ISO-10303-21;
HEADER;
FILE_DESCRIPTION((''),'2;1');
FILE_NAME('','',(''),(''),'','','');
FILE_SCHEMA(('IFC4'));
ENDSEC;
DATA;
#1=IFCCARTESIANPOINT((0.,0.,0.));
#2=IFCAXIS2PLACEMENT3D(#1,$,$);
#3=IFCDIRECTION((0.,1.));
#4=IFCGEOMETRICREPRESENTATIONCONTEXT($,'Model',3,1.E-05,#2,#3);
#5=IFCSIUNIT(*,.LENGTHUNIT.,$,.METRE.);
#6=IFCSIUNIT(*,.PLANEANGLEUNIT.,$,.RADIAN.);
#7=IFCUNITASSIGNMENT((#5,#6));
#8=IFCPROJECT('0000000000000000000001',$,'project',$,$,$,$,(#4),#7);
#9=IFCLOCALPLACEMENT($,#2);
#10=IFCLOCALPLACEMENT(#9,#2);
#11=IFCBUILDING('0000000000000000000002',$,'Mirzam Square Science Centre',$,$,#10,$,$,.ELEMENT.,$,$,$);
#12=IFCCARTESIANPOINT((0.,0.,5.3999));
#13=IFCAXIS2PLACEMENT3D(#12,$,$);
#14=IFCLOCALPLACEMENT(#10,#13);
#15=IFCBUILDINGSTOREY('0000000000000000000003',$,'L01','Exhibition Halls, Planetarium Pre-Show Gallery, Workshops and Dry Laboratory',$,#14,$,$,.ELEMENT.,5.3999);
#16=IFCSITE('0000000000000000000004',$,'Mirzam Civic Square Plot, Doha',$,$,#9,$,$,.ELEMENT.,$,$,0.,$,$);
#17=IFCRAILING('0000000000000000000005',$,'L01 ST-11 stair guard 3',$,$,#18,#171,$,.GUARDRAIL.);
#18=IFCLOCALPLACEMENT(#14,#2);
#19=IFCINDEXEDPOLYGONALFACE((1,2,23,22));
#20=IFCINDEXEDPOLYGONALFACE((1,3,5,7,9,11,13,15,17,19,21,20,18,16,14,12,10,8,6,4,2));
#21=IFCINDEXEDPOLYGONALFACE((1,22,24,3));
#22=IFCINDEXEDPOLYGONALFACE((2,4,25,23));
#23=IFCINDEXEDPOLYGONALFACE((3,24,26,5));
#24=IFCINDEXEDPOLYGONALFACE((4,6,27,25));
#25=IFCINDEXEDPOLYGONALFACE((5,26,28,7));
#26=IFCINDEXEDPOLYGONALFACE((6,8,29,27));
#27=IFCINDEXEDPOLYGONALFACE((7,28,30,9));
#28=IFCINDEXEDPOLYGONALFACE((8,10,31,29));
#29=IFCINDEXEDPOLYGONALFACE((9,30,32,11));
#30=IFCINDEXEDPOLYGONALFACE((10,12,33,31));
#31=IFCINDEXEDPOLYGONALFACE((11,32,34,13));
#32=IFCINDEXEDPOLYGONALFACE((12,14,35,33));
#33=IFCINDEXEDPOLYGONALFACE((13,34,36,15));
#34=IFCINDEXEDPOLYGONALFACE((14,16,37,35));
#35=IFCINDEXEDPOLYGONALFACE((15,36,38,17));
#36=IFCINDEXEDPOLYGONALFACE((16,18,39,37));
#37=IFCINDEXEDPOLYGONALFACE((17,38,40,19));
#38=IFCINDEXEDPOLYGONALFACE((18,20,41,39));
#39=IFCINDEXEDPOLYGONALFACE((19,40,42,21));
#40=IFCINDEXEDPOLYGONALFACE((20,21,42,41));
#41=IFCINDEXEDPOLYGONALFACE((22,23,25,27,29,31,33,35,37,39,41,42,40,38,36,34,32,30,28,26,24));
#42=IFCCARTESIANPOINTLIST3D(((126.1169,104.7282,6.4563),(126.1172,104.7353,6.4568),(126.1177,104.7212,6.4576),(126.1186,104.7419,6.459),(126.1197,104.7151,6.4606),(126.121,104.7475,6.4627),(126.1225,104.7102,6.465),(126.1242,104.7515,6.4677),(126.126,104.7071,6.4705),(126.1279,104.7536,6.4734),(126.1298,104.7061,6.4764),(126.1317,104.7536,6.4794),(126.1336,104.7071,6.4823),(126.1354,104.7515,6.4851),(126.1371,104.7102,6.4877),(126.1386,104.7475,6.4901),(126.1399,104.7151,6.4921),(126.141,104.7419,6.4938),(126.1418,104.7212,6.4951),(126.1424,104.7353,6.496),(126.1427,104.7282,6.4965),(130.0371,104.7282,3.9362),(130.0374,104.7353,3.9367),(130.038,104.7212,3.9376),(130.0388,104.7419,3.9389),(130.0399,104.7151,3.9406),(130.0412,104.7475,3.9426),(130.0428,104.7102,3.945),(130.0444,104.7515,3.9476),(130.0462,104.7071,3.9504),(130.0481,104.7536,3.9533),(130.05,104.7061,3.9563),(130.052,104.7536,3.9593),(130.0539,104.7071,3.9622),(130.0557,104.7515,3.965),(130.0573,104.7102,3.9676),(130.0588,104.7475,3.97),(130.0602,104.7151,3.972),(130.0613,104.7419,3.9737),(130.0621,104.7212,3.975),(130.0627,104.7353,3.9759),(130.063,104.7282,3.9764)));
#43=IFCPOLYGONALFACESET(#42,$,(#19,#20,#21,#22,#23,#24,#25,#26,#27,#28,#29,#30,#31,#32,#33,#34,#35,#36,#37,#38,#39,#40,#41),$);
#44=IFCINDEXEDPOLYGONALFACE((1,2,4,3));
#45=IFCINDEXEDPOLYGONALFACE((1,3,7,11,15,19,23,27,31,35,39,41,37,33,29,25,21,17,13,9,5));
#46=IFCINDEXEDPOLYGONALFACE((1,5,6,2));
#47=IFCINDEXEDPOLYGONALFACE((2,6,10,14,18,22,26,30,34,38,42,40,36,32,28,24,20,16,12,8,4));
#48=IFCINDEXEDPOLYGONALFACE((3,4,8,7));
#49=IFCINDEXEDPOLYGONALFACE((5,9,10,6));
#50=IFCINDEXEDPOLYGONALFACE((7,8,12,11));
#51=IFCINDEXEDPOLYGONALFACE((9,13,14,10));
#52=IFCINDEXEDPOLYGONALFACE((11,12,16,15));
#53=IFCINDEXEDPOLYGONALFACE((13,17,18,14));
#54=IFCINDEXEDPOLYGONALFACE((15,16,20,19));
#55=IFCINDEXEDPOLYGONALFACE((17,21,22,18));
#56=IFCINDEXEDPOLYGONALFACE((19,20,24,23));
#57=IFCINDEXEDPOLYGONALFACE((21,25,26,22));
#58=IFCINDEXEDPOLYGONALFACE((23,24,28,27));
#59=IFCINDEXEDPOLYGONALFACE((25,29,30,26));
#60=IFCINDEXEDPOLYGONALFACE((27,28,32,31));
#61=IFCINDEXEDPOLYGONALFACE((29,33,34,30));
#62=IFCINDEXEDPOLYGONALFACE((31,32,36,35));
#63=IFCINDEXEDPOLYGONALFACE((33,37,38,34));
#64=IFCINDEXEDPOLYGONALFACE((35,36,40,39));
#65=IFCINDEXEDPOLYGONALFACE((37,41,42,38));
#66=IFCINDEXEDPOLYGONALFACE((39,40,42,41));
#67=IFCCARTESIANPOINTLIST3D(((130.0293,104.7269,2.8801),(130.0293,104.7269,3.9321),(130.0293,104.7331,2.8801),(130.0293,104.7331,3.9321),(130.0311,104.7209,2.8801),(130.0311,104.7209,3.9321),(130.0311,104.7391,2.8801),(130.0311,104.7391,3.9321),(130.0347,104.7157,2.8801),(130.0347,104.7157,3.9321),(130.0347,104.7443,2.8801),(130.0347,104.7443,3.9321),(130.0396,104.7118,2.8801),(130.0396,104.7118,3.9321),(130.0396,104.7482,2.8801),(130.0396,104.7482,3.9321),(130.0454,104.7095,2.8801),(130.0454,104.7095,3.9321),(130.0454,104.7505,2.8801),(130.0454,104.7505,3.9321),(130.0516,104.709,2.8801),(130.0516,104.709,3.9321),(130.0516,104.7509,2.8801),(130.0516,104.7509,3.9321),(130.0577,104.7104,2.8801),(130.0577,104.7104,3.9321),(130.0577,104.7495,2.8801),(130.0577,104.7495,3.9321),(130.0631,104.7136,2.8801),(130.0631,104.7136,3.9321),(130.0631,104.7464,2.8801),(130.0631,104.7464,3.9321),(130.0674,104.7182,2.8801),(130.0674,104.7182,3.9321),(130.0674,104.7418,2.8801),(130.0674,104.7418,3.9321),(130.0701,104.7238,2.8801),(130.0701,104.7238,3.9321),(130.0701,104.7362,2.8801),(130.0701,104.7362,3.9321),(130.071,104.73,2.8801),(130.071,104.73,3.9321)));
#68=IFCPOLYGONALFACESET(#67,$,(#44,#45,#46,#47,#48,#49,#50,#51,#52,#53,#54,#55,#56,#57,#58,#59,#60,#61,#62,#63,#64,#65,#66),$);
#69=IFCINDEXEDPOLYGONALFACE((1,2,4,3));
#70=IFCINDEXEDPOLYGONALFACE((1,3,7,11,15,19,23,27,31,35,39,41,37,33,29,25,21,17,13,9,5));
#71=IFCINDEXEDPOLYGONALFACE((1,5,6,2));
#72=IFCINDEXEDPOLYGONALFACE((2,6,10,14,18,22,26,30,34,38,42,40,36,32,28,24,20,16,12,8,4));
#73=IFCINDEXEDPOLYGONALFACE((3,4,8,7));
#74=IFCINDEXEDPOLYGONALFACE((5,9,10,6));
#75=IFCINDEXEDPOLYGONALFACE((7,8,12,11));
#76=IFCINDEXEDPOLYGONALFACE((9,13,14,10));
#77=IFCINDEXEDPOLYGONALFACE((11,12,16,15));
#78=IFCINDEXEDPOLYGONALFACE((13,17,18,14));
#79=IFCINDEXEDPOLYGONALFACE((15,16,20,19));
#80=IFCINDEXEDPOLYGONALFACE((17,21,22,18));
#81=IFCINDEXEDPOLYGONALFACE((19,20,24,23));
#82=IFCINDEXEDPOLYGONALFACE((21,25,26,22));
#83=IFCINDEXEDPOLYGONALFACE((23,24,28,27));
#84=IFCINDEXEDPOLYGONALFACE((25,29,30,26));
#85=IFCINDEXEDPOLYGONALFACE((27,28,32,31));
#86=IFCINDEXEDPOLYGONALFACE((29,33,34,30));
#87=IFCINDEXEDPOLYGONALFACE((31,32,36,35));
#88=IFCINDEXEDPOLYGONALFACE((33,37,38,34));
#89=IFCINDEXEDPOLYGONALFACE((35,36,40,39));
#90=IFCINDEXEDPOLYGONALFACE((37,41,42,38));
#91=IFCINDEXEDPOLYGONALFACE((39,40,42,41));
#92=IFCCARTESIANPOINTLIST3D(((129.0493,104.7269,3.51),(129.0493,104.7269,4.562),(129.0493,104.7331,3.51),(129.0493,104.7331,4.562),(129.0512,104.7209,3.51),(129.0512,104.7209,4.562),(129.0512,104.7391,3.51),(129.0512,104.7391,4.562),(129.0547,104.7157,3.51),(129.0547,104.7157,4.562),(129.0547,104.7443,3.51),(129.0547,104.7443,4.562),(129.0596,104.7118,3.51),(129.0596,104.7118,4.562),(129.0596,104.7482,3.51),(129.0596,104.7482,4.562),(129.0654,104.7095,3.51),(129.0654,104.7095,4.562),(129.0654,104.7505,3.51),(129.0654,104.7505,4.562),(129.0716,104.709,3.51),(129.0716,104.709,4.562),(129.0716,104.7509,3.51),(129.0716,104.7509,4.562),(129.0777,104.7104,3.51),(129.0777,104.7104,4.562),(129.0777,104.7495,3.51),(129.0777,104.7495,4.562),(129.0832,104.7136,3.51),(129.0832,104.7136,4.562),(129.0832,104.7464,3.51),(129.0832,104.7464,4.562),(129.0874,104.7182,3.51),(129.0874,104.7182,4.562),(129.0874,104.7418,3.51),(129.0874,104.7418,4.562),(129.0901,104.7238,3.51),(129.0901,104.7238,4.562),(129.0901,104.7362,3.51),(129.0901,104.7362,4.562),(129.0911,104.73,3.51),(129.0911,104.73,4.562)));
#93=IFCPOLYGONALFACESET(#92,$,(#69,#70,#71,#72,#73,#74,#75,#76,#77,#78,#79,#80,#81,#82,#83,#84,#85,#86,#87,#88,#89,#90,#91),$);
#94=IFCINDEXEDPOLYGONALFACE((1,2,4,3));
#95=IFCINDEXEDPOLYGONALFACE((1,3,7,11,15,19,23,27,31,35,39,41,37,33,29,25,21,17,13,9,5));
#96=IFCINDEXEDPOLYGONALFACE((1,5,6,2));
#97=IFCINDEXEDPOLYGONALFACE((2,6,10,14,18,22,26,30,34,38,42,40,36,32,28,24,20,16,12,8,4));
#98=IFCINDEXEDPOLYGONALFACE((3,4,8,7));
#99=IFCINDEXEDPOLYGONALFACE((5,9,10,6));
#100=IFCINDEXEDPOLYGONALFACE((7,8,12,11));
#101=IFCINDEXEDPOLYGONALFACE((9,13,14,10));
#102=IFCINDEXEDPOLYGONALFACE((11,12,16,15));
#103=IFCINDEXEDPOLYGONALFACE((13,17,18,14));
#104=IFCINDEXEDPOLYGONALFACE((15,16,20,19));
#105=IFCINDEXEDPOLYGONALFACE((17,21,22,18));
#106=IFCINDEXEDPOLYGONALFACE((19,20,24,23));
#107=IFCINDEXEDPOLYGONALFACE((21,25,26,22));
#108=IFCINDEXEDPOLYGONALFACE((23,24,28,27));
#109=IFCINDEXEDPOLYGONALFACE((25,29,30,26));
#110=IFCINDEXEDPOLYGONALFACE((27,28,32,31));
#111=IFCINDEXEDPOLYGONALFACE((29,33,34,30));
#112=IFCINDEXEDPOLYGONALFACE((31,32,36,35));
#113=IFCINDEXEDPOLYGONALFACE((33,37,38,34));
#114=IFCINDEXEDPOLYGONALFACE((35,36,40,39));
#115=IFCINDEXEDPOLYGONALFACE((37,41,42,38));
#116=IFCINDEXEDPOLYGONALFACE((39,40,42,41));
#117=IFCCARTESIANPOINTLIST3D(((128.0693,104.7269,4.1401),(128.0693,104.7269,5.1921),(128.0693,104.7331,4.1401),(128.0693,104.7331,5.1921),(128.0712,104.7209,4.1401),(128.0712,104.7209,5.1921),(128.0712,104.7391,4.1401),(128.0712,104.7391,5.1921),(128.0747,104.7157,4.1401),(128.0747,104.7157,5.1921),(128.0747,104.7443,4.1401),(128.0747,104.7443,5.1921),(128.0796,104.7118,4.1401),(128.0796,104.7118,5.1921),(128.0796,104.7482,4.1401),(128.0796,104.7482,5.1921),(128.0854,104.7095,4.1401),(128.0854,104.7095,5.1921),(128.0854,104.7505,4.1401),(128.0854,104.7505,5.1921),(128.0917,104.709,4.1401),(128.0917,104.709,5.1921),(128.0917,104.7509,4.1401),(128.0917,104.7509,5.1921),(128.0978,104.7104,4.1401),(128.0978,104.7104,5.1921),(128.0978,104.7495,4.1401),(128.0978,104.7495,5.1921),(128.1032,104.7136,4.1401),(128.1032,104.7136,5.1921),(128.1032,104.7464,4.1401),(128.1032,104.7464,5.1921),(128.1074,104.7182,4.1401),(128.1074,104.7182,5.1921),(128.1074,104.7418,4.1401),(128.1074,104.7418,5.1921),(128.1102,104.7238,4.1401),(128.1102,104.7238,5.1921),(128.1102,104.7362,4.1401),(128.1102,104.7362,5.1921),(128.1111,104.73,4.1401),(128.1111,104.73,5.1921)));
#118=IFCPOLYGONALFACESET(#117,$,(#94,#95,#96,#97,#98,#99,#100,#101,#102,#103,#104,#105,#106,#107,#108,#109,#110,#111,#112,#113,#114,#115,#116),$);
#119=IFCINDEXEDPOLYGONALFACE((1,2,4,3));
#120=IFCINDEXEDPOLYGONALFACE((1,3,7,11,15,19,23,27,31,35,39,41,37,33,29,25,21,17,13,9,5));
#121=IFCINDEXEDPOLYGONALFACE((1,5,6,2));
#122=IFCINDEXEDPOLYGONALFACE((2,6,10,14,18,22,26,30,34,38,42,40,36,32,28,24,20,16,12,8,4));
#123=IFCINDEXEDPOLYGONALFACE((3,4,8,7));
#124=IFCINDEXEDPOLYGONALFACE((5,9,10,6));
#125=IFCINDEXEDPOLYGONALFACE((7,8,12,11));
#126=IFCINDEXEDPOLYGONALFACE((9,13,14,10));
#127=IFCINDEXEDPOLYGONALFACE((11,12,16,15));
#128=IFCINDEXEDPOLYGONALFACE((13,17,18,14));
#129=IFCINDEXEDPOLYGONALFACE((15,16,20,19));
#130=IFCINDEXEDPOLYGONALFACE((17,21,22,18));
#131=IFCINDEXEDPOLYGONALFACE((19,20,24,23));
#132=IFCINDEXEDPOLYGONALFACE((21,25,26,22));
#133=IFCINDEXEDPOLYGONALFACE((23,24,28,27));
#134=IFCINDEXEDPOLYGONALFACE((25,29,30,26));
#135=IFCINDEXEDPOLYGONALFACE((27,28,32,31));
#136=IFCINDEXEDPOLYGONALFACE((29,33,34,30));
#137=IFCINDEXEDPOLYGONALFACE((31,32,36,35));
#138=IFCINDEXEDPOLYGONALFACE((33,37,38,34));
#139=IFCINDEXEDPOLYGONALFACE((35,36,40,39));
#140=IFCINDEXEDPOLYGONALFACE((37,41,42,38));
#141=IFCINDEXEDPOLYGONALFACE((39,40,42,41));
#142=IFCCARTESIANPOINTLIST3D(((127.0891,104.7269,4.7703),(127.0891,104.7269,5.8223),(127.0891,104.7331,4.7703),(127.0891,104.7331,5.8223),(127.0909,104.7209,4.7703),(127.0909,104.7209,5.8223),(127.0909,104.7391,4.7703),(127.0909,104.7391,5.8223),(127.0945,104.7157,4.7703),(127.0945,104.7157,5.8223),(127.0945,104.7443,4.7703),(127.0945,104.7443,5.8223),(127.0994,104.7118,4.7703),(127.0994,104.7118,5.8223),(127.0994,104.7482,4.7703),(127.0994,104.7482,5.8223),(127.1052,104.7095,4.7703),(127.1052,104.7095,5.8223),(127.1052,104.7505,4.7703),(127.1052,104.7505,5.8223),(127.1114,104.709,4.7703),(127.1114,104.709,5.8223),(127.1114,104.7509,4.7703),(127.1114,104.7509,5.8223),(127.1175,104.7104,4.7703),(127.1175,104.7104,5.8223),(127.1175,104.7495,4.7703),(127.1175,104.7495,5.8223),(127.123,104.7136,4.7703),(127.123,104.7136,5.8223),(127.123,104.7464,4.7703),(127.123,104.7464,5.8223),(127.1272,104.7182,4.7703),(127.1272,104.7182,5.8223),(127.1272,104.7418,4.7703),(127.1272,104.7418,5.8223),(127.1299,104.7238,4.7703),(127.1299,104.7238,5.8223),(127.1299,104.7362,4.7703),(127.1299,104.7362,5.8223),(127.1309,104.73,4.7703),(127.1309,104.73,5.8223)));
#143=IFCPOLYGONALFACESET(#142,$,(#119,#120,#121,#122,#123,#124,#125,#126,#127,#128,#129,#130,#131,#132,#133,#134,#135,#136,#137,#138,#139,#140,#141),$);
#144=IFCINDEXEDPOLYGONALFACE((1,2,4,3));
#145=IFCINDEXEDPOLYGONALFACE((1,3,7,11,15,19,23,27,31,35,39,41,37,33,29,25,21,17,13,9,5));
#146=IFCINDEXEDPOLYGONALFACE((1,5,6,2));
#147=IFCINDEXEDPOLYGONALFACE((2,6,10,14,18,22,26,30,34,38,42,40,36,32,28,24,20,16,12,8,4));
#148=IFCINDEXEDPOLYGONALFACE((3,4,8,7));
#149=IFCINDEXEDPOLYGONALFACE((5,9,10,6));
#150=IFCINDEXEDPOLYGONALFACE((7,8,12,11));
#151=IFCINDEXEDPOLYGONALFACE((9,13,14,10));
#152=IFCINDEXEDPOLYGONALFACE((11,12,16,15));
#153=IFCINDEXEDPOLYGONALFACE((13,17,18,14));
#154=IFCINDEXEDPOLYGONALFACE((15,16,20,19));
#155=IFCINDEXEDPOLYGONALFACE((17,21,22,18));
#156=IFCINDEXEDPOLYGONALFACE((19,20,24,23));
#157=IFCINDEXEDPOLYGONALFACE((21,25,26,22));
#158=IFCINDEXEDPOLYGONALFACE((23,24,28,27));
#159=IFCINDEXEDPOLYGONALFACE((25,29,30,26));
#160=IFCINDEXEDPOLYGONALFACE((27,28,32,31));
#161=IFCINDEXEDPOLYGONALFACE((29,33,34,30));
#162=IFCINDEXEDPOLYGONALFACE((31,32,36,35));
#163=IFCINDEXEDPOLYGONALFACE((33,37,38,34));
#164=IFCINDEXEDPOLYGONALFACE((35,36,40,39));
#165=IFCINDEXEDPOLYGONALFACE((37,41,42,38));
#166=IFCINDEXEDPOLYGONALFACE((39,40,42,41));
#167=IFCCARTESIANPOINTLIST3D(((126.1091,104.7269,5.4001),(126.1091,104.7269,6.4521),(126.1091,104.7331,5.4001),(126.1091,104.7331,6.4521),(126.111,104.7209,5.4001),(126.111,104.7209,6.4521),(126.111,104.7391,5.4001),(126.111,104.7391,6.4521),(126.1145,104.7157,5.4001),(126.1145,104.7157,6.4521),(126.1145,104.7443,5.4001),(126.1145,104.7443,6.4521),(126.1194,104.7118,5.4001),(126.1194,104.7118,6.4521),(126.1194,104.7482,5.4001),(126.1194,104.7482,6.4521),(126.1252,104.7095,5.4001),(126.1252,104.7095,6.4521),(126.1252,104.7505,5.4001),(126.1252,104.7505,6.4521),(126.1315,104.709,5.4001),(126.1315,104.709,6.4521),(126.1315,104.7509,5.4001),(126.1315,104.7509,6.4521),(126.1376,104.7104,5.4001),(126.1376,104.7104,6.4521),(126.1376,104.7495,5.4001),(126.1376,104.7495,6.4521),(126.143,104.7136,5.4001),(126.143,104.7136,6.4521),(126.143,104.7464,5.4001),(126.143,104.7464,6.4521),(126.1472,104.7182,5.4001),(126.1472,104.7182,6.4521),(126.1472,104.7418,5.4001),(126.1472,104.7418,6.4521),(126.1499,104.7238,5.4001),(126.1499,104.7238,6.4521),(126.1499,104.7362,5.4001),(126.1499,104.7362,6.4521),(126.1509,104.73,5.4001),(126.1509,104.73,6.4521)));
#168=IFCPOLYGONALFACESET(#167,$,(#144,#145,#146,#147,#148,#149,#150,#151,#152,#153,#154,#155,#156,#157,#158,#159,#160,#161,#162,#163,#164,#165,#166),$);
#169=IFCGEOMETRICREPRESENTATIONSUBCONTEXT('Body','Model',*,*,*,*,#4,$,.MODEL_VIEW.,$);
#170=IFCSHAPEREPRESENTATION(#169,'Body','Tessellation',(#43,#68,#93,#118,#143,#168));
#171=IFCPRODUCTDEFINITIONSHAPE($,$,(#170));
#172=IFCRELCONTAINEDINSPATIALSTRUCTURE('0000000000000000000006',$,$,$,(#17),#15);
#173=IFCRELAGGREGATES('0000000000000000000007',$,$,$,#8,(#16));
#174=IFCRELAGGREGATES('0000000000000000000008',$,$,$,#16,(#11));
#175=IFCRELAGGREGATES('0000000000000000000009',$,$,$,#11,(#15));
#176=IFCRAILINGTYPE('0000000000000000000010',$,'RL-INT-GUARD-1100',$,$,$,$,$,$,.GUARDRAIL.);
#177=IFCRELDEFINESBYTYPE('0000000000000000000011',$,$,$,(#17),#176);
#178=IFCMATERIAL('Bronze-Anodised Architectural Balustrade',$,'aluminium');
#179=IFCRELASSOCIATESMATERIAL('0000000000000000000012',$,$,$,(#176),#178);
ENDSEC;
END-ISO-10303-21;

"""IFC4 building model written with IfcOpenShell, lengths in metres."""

from ifc_helpers import new_model, si_unit, direction, frame, origin, origin_2d, place, context, subcontext, project, spatial, circle, extrude, material, type_object, element, save


model = new_model("IFC4")

# Units and contexts
model_context = context("Model", 3, precision=1e-05, world=origin(), true_north=direction((0.0, 1.0)))
body_context = subcontext(model_context, "Body", "Model", "MODEL_VIEW")
ifc_project = project(units=[si_unit("LENGTHUNIT", "METRE"), si_unit("PLANEANGLEUNIT", "RADIAN")], contexts=[model_context])

# Site, building, storey
site_placement = place(None, origin())
site = spatial("IfcSite", under=ifc_project, at=site_placement, Name="Mirzam Civic Square Plot, Doha", CompositionType="ELEMENT", RefElevation=0.0)
building_placement = place(site_placement, origin())
building = spatial("IfcBuilding", under=site, at=building_placement, Name="Mirzam Square Science Centre", CompositionType="ELEMENT")
storey_placement = place(building_placement, frame((0.0, 0.0, 5.3999)))
storey = spatial("IfcBuildingStorey", under=building, at=storey_placement, Name="L01", Description="Exhibition Halls, Planetarium Pre-Show Gallery, Workshops and Dry Laboratory", CompositionType="ELEMENT", Elevation=5.3999)

# Railing
ifc_material_1 = material(Name="Bronze-Anodised Architectural Balustrade", Category="aluminium")
railing_type_1 = type_object("IfcRailingType", Name="RL-INT-GUARD-1100", PredefinedType="GUARDRAIL", material=ifc_material_1)
railing_1_placement = place(storey_placement, frame((130.05, 104.73, 2.8801)))
element("IfcRailing", 1, at=railing_1_placement, inside=storey, type_object=railing_type_1, Name="L01 ST-11 stair guard 3", PredefinedType="GUARDRAIL", context=body_context, shape_type="SweptSolid", body=[
    extrude(circle(Radius=0.0239, at=origin_2d()), frame((0.0, 0.0, 1.0762), z_axis=(-0.841187, 0.0, 0.540744), x_axis=(0.0, -1.0, 0.0)), (0.0, 0.0, 1.0), 4.6604),
    extrude(circle(Radius=0.021, at=origin_2d()), origin(), (0.0, 0.0, 1.0), 1.052),
    extrude(circle(Radius=0.021, at=origin_2d()), frame((-0.98, 0.0, 0.6299)), (0.0, 0.0, 1.0), 1.052),
    extrude(circle(Radius=0.021, at=origin_2d()), frame((-1.96, 0.0, 1.26)), (0.0, 0.0, 1.0), 1.052),
    extrude(circle(Radius=0.021, at=origin_2d()), frame((-2.9402, 0.0, 1.8901)), (0.0, 0.0, 1.0), 1.052),
    extrude(circle(Radius=0.021, at=origin_2d()), frame((-3.9202, 0.0, 2.52)), (0.0, 0.0, 1.0), 1.052),
])

save(model, "model.ifc")
